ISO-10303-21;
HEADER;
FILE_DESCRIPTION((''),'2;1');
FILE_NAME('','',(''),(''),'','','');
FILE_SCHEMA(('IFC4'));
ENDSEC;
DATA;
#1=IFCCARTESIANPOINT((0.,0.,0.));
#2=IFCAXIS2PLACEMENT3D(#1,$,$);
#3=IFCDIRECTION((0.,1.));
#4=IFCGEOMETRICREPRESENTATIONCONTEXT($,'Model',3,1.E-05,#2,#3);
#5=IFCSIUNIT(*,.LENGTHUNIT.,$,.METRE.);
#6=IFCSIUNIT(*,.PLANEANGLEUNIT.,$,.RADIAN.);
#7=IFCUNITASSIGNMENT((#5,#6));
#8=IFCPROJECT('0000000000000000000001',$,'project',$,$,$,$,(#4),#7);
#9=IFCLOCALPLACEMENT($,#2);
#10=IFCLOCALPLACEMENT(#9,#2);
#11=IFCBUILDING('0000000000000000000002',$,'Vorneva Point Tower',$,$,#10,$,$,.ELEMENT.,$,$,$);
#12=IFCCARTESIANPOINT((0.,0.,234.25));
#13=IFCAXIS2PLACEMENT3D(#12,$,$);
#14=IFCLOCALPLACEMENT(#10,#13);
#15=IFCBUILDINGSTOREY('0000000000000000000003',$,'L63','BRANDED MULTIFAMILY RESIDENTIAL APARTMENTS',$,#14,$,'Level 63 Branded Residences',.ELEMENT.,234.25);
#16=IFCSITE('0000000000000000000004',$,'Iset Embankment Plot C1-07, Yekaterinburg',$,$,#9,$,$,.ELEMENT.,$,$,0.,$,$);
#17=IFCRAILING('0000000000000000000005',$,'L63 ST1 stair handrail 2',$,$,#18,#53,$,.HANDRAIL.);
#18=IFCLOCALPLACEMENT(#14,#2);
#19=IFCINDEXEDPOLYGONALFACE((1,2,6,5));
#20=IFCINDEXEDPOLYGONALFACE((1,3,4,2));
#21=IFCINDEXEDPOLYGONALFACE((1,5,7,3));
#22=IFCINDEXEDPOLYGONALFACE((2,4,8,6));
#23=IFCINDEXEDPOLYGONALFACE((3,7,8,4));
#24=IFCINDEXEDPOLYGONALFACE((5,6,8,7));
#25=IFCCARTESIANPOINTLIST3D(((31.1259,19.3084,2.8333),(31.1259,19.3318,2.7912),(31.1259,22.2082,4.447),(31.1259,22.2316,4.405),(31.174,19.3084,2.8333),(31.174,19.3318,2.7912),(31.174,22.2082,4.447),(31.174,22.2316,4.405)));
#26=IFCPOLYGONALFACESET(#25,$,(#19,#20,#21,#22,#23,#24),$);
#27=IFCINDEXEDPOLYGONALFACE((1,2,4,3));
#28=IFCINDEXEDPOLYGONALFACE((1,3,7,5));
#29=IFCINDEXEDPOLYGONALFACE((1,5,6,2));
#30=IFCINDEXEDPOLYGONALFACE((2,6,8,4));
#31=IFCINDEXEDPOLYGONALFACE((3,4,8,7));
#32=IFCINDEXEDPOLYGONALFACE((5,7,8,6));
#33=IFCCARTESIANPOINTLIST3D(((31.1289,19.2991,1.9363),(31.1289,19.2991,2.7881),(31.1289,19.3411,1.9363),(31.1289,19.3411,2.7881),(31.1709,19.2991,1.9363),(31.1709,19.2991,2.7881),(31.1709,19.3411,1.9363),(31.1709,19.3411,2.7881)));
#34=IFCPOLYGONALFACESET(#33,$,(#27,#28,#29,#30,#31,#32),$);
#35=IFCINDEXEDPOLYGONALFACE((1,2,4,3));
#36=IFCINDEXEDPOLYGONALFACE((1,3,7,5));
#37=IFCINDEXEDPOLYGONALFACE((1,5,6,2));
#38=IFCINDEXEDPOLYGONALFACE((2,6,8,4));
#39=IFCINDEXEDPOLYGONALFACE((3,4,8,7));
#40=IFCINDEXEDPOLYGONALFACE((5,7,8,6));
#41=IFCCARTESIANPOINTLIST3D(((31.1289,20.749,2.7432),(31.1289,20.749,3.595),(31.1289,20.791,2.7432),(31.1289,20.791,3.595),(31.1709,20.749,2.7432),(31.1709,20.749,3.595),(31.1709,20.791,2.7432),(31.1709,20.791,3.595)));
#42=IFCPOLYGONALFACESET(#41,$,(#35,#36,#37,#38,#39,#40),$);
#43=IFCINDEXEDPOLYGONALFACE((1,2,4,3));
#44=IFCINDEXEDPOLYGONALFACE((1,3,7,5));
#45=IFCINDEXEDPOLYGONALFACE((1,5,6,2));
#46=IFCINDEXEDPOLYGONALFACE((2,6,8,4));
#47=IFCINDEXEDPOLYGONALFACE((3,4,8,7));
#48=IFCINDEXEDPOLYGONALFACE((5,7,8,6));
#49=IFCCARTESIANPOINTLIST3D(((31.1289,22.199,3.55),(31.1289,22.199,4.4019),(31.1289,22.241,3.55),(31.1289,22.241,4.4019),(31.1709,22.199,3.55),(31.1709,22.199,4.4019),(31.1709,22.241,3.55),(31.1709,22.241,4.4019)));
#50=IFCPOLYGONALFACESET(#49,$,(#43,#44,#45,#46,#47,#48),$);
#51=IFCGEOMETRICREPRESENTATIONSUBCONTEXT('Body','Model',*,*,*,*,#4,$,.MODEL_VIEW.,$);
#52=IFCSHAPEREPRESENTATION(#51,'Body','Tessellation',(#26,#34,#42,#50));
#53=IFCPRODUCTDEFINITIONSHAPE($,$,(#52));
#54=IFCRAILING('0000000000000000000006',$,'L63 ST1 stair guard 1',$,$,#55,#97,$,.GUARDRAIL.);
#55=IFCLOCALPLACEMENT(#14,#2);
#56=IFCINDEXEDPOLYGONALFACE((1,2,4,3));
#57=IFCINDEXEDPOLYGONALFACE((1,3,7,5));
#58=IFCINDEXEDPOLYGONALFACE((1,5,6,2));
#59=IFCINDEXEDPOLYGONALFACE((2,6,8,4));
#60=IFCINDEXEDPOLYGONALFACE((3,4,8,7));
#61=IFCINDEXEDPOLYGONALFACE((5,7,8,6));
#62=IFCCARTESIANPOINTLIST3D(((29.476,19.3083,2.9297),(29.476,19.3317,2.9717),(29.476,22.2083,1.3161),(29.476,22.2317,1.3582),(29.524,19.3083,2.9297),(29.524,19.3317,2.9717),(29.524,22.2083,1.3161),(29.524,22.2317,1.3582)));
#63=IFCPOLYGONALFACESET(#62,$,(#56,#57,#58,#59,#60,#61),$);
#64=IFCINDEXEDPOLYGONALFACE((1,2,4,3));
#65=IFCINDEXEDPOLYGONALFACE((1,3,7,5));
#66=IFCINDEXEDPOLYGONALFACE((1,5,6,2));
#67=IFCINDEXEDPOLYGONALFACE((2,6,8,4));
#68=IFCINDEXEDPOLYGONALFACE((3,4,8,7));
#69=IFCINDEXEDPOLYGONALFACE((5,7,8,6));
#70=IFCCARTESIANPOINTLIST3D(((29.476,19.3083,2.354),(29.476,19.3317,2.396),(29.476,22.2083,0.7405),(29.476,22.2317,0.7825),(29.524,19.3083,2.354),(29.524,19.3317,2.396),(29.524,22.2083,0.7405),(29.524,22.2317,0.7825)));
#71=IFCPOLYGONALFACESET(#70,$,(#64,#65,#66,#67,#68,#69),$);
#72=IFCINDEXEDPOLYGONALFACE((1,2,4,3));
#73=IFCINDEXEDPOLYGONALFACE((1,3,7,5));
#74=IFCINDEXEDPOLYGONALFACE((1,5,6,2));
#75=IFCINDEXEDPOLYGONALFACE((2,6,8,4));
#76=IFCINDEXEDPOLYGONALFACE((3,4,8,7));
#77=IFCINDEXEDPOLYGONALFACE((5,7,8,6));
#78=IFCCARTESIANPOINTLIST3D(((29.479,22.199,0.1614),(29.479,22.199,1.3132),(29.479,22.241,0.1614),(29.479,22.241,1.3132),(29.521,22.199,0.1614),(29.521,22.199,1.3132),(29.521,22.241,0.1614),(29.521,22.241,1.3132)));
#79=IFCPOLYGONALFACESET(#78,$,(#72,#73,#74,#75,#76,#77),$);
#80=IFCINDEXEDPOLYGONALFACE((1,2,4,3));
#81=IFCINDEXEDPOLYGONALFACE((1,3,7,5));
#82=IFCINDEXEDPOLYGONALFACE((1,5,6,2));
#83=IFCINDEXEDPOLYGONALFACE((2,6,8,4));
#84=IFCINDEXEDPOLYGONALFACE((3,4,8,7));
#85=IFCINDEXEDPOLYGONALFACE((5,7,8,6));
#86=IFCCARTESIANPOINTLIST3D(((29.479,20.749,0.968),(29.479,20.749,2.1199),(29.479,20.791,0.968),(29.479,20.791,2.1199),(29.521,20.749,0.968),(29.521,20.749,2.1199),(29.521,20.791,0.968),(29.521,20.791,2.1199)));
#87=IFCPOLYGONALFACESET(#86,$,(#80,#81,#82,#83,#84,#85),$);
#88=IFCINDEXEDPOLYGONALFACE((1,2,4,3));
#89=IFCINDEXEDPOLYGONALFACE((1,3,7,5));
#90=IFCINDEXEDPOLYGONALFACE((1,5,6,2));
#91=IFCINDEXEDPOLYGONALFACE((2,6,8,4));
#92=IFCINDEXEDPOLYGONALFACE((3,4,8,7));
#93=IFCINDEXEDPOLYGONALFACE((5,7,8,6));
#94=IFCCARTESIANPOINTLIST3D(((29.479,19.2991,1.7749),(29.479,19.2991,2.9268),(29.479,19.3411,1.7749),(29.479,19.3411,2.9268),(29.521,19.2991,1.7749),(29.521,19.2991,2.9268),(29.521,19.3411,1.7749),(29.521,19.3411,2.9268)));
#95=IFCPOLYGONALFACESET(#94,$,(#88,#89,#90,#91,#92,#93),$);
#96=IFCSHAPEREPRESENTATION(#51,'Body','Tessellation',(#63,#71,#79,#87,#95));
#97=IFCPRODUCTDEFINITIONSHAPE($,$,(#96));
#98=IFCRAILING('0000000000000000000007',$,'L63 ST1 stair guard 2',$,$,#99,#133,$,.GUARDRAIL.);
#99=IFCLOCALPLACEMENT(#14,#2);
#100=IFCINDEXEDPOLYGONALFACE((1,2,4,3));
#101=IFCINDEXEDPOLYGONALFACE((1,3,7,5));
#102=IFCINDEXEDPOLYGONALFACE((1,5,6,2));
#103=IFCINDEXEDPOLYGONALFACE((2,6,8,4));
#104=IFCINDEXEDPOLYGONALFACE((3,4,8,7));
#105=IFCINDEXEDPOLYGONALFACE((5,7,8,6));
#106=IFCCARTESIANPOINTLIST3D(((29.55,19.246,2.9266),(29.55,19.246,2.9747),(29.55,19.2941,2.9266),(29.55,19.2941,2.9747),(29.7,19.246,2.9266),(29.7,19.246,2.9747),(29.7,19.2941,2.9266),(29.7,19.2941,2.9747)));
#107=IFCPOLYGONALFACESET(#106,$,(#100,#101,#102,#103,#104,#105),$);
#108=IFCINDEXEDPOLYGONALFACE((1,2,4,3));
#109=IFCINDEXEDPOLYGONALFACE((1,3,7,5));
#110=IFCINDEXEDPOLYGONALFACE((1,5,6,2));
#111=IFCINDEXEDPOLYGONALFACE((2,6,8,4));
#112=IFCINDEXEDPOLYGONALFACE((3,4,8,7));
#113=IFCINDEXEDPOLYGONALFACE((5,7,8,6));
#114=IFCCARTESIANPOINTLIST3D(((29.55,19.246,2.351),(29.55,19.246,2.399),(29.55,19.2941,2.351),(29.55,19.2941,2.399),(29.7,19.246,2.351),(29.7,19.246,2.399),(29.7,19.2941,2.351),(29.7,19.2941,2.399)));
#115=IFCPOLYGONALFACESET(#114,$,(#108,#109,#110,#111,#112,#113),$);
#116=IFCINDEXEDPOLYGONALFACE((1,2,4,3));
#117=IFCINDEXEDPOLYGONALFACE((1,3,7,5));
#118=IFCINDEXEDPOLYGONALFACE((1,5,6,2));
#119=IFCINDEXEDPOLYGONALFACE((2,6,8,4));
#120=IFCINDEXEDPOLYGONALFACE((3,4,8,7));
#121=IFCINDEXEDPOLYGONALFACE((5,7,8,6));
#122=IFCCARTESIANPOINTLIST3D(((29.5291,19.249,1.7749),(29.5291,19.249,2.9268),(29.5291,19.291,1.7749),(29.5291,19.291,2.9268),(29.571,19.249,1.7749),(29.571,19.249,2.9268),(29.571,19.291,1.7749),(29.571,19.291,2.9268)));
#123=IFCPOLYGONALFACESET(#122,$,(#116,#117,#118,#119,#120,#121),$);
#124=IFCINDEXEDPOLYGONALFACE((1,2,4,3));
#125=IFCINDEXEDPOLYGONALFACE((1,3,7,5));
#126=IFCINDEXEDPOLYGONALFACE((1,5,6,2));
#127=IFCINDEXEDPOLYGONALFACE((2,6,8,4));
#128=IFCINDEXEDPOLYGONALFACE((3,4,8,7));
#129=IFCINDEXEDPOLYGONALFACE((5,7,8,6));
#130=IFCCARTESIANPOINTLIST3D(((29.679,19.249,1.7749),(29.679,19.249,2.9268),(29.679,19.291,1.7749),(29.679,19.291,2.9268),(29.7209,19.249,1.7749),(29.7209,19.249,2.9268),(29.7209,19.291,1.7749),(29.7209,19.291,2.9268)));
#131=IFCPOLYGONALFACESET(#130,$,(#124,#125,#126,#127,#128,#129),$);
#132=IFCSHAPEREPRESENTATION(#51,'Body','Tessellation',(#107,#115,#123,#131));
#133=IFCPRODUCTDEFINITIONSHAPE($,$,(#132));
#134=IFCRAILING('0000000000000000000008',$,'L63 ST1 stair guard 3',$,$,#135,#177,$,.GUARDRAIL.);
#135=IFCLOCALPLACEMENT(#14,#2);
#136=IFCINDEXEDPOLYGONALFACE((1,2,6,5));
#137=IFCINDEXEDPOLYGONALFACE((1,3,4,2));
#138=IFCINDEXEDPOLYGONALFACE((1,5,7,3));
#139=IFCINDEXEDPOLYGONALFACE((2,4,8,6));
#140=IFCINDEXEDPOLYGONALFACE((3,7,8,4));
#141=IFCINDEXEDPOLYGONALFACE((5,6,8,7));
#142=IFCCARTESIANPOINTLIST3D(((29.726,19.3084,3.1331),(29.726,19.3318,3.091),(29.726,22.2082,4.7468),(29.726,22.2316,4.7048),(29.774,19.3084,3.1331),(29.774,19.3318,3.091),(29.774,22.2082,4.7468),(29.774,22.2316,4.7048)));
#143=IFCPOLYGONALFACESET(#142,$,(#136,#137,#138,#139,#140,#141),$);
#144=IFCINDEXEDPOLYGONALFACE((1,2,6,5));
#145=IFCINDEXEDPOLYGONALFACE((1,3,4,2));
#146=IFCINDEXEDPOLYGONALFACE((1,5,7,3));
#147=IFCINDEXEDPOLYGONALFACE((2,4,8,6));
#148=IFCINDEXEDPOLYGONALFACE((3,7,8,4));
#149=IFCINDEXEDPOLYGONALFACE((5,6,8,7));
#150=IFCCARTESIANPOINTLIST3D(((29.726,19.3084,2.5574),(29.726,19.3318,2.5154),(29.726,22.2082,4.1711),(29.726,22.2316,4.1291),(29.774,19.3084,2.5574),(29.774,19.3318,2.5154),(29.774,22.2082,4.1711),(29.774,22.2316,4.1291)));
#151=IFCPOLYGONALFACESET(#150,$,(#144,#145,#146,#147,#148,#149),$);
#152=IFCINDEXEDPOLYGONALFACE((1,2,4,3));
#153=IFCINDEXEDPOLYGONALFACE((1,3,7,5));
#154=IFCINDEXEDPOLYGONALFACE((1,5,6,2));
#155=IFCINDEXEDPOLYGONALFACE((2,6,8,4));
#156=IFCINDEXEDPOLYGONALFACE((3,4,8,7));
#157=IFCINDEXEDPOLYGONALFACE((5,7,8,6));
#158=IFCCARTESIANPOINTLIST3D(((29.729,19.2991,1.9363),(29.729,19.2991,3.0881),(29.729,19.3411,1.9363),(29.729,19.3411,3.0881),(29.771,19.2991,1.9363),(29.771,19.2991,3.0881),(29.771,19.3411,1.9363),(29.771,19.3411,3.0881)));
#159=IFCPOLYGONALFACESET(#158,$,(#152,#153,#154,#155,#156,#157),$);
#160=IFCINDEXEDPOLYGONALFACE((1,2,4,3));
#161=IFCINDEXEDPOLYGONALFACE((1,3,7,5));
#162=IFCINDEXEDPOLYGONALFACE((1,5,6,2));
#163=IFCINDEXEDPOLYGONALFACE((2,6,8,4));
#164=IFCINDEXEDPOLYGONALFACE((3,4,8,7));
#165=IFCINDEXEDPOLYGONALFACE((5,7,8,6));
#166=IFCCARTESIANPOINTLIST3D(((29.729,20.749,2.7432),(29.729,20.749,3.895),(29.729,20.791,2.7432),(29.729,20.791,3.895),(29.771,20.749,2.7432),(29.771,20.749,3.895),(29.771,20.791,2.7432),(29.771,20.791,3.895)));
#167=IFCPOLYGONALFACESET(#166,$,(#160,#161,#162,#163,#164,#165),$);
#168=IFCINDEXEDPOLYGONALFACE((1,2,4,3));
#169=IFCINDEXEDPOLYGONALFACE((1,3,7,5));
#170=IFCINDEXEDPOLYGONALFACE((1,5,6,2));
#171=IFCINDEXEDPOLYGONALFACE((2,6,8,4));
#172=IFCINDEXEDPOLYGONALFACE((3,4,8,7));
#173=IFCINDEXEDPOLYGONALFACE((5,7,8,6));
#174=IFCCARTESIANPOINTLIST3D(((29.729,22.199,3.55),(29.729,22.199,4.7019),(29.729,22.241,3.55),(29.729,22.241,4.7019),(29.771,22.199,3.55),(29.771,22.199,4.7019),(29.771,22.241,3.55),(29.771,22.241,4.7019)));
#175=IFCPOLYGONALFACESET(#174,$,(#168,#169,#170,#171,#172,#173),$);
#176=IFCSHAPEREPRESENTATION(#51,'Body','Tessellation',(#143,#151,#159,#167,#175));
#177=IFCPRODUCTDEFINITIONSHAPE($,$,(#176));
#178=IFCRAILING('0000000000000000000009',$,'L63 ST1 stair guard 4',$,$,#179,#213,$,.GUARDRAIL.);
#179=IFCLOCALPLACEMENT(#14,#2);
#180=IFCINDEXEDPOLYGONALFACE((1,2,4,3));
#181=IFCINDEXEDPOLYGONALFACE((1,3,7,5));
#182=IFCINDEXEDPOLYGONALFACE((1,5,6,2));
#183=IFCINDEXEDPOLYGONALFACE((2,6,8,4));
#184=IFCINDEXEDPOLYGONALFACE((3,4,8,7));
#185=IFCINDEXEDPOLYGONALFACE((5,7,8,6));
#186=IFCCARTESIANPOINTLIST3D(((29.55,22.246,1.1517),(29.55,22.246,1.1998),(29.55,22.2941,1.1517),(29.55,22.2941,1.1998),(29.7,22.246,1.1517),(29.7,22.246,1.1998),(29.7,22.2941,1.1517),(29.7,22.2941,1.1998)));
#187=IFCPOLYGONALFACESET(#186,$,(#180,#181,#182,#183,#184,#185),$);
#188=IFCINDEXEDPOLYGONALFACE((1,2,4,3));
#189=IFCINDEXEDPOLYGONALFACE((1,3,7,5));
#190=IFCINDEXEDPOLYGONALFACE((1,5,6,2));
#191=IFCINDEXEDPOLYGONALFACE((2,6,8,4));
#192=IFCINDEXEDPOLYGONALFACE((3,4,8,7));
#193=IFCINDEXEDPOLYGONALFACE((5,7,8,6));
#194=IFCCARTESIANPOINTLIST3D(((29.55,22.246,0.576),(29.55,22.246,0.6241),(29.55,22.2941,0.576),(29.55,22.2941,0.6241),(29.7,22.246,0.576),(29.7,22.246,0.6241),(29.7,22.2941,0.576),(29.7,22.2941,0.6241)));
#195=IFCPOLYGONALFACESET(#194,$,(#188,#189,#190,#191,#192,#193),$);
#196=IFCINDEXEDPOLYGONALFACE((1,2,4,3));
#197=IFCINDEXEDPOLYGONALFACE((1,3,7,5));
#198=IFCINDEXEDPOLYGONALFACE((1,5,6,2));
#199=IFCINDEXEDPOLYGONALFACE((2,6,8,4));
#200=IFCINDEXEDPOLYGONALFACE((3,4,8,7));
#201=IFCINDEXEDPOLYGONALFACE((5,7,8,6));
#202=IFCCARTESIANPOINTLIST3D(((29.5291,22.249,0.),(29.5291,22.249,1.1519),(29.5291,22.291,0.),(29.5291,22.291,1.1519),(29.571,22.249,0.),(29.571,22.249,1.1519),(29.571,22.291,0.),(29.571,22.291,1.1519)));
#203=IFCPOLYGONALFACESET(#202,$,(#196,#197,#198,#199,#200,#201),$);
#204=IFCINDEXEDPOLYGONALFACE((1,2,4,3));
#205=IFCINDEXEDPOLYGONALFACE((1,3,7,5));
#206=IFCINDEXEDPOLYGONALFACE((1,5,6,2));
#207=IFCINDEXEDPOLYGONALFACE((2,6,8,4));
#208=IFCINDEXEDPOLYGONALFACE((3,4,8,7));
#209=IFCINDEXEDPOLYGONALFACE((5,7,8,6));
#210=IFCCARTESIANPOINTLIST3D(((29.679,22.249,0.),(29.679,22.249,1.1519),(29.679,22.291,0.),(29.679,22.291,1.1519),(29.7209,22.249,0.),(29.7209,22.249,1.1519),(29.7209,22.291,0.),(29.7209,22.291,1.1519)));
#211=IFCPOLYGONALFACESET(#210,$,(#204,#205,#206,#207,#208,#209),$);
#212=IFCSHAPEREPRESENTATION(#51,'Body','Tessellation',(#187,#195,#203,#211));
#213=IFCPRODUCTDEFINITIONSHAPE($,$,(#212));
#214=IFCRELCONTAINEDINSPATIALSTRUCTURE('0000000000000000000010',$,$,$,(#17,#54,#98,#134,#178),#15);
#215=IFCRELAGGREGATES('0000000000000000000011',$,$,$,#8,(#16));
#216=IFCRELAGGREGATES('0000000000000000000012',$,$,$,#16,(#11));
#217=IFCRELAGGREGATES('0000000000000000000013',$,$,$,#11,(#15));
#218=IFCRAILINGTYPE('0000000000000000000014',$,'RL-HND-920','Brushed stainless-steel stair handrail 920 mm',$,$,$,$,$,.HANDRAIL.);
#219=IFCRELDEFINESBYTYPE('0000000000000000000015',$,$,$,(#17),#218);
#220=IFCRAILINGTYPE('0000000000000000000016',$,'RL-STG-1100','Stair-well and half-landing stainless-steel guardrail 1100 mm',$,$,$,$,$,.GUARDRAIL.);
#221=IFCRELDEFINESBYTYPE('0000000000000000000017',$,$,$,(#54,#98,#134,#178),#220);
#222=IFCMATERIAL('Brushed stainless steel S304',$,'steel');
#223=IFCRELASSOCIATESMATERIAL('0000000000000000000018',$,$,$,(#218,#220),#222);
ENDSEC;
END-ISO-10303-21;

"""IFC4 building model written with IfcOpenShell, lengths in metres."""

from ifc_helpers import new_model, si_unit, direction, frame, origin, origin_2d, place, context, subcontext, project, spatial, rectangle, extrude, material, type_object, element, save


model = new_model("IFC4")

# Units and contexts
model_context = context("Model", 3, precision=1e-05, world=origin(), true_north=direction((0.0, 1.0)))
body_context = subcontext(model_context, "Body", "Model", "MODEL_VIEW")
ifc_project = project(units=[si_unit("LENGTHUNIT", "METRE"), si_unit("PLANEANGLEUNIT", "RADIAN")], contexts=[model_context])

# Site, building, storey
site_placement = place(None, origin())
site = spatial("IfcSite", under=ifc_project, at=site_placement, Name="Iset Embankment Plot C1-07, Yekaterinburg", CompositionType="ELEMENT", RefElevation=0.0)
building_placement = place(site_placement, origin())
building = spatial("IfcBuilding", under=site, at=building_placement, Name="Vorneva Point Tower", CompositionType="ELEMENT")
storey_placement = place(building_placement, frame((0.0, 0.0, 234.25)))
storey = spatial("IfcBuildingStorey", under=building, at=storey_placement, Name="L63", Description="BRANDED MULTIFAMILY RESIDENTIAL APARTMENTS", LongName="Level 63 Branded Residences", CompositionType="ELEMENT", Elevation=234.25)

# Railings
ifc_material_1 = material(Name="Brushed stainless steel S304", Category="steel")
railing_type_1 = type_object("IfcRailingType", Name="RL-HND-920", Description="Brushed stainless-steel stair handrail 920 mm", PredefinedType="HANDRAIL", material=ifc_material_1)
railing_1_placement = place(storey_placement, frame((31.1499, 19.3201, 1.9363)))
element("IfcRailing", 1, at=railing_1_placement, inside=storey, type_object=railing_type_1, Name="L63 ST1 stair handrail 2", PredefinedType="HANDRAIL", context=body_context, shape_type="SweptSolid", body=[
    extrude(rectangle(XDim=0.0481, YDim=0.0481, at=origin_2d()), frame((0.0, 0.0, 0.876), z_axis=(0.0, 0.87381, 0.486267), x_axis=(-1.0, 0.0, 0.0)), (0.0, 0.0, 1.0), 3.3186),
    extrude(rectangle(XDim=0.042, YDim=0.042, at=origin_2d()), origin(), (0.0, 0.0, 1.0), 0.8518),
    extrude(rectangle(XDim=0.042, YDim=0.042, at=origin_2d()), frame((0.0, 1.45, 0.8069)), (0.0, 0.0, 1.0), 0.8518),
    extrude(rectangle(XDim=0.042, YDim=0.042, at=origin_2d()), frame((0.0, 2.8999, 1.6138)), (0.0, 0.0, 1.0), 0.8518),
])
railing_type_2 = type_object("IfcRailingType", Name="RL-STG-1100", Description="Stair-well and half-landing stainless-steel guardrail 1100 mm", PredefinedType="GUARDRAIL", material=ifc_material_1)
railing_2_placement = place(storey_placement, frame((29.5, 22.22, 0.1614)))
element("IfcRailing", 2, at=railing_2_placement, inside=storey, type_object=railing_type_2, Name="L63 ST1 stair guard 1", PredefinedType="GUARDRAIL", context=body_context, shape_type="SweptSolid", body=[
    extrude(rectangle(XDim=0.0481, YDim=0.0481, at=origin_2d()), frame((0.0, 0.0, 1.1758), z_axis=(0.0, -0.873841, 0.486211), x_axis=(1.0, 0.0, 0.0)), (0.0, 0.0, 1.0), 3.3186),
    extrude(rectangle(XDim=0.0481, YDim=0.0481, at=origin_2d()), frame((0.0, 0.0, 0.6001), z_axis=(0.0, -0.873841, 0.486211), x_axis=(1.0, 0.0, 0.0)), (0.0, 0.0, 1.0), 3.3186),
    extrude(rectangle(XDim=0.042, YDim=0.042, at=origin_2d()), origin(), (0.0, 0.0, 1.0), 1.1519),
    extrude(rectangle(XDim=0.042, YDim=0.042, at=origin_2d()), frame((0.0, -1.45, 0.8066)), (0.0, 0.0, 1.0), 1.1519),
    extrude(rectangle(XDim=0.042, YDim=0.042, at=origin_2d()), frame((0.0, -2.8999, 1.6135)), (0.0, 0.0, 1.0), 1.1519),
])
railing_3_placement = place(storey_placement, frame((29.55, 19.27, 1.7749)))
element("IfcRailing", 3, at=railing_3_placement, inside=storey, type_object=railing_type_2, Name="L63 ST1 stair guard 2", PredefinedType="GUARDRAIL", context=body_context, shape_type="SweptSolid", body=[
    extrude(rectangle(XDim=0.0481, YDim=0.0481, at=origin_2d()), frame((0.0, 0.0, 1.1758), z_axis=(1.0, 0.0, 0.0), x_axis=(0.0, 1.0, 0.0)), (0.0, 0.0, 1.0), 0.1499),
    extrude(rectangle(XDim=0.0481, YDim=0.0481, at=origin_2d()), frame((0.0, 0.0, 0.6001), z_axis=(1.0, 0.0, 0.0), x_axis=(0.0, 1.0, 0.0)), (0.0, 0.0, 1.0), 0.1499),
    extrude(rectangle(XDim=0.042, YDim=0.042, at=origin_2d()), origin(), (0.0, 0.0, 1.0), 1.1519),
    extrude(rectangle(XDim=0.042, YDim=0.042, at=origin_2d()), frame((0.1499, 0.0, 0.0)), (0.0, 0.0, 1.0), 1.1519),
])
railing_4_placement = place(storey_placement, frame((29.75, 19.3201, 1.9363)))
element("IfcRailing", 4, at=railing_4_placement, inside=storey, type_object=railing_type_2, Name="L63 ST1 stair guard 3", PredefinedType="GUARDRAIL", context=body_context, shape_type="SweptSolid", body=[
    extrude(rectangle(XDim=0.0481, YDim=0.0481, at=origin_2d()), frame((0.0, 0.0, 1.1758), z_axis=(0.0, 0.87381, 0.486267), x_axis=(-1.0, 0.0, 0.0)), (0.0, 0.0, 1.0), 3.3186),
    extrude(rectangle(XDim=0.0481, YDim=0.0481, at=origin_2d()), frame((0.0, 0.0, 0.6001), z_axis=(0.0, 0.87381, 0.486267), x_axis=(-1.0, 0.0, 0.0)), (0.0, 0.0, 1.0), 3.3186),
    extrude(rectangle(XDim=0.042, YDim=0.042, at=origin_2d()), origin(), (0.0, 0.0, 1.0), 1.1519),
    extrude(rectangle(XDim=0.042, YDim=0.042, at=origin_2d()), frame((0.0, 1.45, 0.8069)), (0.0, 0.0, 1.0), 1.1519),
    extrude(rectangle(XDim=0.042, YDim=0.042, at=origin_2d()), frame((0.0, 2.8999, 1.6138)), (0.0, 0.0, 1.0), 1.1519),
])
railing_5_placement = place(storey_placement, frame((29.55, 22.27, 0.0)))
element("IfcRailing", 5, at=railing_5_placement, inside=storey, type_object=railing_type_2, Name="L63 ST1 stair guard 4", PredefinedType="GUARDRAIL", context=body_context, shape_type="SweptSolid", body=[
    extrude(rectangle(XDim=0.0481, YDim=0.0481, at=origin_2d()), frame((0.0, 0.0, 1.1758), z_axis=(1.0, 0.0, 0.0), x_axis=(0.0, 1.0, 0.0)), (0.0, 0.0, 1.0), 0.1499),
    extrude(rectangle(XDim=0.0481, YDim=0.0481, at=origin_2d()), frame((0.0, 0.0, 0.6001), z_axis=(1.0, 0.0, 0.0), x_axis=(0.0, 1.0, 0.0)), (0.0, 0.0, 1.0), 0.1499),
    extrude(rectangle(XDim=0.042, YDim=0.042, at=origin_2d()), origin(), (0.0, 0.0, 1.0), 1.1519),
    extrude(rectangle(XDim=0.042, YDim=0.042, at=origin_2d()), frame((0.1499, 0.0, 0.0)), (0.0, 0.0, 1.0), 1.1519),
])

save(model, "model.ifc")
